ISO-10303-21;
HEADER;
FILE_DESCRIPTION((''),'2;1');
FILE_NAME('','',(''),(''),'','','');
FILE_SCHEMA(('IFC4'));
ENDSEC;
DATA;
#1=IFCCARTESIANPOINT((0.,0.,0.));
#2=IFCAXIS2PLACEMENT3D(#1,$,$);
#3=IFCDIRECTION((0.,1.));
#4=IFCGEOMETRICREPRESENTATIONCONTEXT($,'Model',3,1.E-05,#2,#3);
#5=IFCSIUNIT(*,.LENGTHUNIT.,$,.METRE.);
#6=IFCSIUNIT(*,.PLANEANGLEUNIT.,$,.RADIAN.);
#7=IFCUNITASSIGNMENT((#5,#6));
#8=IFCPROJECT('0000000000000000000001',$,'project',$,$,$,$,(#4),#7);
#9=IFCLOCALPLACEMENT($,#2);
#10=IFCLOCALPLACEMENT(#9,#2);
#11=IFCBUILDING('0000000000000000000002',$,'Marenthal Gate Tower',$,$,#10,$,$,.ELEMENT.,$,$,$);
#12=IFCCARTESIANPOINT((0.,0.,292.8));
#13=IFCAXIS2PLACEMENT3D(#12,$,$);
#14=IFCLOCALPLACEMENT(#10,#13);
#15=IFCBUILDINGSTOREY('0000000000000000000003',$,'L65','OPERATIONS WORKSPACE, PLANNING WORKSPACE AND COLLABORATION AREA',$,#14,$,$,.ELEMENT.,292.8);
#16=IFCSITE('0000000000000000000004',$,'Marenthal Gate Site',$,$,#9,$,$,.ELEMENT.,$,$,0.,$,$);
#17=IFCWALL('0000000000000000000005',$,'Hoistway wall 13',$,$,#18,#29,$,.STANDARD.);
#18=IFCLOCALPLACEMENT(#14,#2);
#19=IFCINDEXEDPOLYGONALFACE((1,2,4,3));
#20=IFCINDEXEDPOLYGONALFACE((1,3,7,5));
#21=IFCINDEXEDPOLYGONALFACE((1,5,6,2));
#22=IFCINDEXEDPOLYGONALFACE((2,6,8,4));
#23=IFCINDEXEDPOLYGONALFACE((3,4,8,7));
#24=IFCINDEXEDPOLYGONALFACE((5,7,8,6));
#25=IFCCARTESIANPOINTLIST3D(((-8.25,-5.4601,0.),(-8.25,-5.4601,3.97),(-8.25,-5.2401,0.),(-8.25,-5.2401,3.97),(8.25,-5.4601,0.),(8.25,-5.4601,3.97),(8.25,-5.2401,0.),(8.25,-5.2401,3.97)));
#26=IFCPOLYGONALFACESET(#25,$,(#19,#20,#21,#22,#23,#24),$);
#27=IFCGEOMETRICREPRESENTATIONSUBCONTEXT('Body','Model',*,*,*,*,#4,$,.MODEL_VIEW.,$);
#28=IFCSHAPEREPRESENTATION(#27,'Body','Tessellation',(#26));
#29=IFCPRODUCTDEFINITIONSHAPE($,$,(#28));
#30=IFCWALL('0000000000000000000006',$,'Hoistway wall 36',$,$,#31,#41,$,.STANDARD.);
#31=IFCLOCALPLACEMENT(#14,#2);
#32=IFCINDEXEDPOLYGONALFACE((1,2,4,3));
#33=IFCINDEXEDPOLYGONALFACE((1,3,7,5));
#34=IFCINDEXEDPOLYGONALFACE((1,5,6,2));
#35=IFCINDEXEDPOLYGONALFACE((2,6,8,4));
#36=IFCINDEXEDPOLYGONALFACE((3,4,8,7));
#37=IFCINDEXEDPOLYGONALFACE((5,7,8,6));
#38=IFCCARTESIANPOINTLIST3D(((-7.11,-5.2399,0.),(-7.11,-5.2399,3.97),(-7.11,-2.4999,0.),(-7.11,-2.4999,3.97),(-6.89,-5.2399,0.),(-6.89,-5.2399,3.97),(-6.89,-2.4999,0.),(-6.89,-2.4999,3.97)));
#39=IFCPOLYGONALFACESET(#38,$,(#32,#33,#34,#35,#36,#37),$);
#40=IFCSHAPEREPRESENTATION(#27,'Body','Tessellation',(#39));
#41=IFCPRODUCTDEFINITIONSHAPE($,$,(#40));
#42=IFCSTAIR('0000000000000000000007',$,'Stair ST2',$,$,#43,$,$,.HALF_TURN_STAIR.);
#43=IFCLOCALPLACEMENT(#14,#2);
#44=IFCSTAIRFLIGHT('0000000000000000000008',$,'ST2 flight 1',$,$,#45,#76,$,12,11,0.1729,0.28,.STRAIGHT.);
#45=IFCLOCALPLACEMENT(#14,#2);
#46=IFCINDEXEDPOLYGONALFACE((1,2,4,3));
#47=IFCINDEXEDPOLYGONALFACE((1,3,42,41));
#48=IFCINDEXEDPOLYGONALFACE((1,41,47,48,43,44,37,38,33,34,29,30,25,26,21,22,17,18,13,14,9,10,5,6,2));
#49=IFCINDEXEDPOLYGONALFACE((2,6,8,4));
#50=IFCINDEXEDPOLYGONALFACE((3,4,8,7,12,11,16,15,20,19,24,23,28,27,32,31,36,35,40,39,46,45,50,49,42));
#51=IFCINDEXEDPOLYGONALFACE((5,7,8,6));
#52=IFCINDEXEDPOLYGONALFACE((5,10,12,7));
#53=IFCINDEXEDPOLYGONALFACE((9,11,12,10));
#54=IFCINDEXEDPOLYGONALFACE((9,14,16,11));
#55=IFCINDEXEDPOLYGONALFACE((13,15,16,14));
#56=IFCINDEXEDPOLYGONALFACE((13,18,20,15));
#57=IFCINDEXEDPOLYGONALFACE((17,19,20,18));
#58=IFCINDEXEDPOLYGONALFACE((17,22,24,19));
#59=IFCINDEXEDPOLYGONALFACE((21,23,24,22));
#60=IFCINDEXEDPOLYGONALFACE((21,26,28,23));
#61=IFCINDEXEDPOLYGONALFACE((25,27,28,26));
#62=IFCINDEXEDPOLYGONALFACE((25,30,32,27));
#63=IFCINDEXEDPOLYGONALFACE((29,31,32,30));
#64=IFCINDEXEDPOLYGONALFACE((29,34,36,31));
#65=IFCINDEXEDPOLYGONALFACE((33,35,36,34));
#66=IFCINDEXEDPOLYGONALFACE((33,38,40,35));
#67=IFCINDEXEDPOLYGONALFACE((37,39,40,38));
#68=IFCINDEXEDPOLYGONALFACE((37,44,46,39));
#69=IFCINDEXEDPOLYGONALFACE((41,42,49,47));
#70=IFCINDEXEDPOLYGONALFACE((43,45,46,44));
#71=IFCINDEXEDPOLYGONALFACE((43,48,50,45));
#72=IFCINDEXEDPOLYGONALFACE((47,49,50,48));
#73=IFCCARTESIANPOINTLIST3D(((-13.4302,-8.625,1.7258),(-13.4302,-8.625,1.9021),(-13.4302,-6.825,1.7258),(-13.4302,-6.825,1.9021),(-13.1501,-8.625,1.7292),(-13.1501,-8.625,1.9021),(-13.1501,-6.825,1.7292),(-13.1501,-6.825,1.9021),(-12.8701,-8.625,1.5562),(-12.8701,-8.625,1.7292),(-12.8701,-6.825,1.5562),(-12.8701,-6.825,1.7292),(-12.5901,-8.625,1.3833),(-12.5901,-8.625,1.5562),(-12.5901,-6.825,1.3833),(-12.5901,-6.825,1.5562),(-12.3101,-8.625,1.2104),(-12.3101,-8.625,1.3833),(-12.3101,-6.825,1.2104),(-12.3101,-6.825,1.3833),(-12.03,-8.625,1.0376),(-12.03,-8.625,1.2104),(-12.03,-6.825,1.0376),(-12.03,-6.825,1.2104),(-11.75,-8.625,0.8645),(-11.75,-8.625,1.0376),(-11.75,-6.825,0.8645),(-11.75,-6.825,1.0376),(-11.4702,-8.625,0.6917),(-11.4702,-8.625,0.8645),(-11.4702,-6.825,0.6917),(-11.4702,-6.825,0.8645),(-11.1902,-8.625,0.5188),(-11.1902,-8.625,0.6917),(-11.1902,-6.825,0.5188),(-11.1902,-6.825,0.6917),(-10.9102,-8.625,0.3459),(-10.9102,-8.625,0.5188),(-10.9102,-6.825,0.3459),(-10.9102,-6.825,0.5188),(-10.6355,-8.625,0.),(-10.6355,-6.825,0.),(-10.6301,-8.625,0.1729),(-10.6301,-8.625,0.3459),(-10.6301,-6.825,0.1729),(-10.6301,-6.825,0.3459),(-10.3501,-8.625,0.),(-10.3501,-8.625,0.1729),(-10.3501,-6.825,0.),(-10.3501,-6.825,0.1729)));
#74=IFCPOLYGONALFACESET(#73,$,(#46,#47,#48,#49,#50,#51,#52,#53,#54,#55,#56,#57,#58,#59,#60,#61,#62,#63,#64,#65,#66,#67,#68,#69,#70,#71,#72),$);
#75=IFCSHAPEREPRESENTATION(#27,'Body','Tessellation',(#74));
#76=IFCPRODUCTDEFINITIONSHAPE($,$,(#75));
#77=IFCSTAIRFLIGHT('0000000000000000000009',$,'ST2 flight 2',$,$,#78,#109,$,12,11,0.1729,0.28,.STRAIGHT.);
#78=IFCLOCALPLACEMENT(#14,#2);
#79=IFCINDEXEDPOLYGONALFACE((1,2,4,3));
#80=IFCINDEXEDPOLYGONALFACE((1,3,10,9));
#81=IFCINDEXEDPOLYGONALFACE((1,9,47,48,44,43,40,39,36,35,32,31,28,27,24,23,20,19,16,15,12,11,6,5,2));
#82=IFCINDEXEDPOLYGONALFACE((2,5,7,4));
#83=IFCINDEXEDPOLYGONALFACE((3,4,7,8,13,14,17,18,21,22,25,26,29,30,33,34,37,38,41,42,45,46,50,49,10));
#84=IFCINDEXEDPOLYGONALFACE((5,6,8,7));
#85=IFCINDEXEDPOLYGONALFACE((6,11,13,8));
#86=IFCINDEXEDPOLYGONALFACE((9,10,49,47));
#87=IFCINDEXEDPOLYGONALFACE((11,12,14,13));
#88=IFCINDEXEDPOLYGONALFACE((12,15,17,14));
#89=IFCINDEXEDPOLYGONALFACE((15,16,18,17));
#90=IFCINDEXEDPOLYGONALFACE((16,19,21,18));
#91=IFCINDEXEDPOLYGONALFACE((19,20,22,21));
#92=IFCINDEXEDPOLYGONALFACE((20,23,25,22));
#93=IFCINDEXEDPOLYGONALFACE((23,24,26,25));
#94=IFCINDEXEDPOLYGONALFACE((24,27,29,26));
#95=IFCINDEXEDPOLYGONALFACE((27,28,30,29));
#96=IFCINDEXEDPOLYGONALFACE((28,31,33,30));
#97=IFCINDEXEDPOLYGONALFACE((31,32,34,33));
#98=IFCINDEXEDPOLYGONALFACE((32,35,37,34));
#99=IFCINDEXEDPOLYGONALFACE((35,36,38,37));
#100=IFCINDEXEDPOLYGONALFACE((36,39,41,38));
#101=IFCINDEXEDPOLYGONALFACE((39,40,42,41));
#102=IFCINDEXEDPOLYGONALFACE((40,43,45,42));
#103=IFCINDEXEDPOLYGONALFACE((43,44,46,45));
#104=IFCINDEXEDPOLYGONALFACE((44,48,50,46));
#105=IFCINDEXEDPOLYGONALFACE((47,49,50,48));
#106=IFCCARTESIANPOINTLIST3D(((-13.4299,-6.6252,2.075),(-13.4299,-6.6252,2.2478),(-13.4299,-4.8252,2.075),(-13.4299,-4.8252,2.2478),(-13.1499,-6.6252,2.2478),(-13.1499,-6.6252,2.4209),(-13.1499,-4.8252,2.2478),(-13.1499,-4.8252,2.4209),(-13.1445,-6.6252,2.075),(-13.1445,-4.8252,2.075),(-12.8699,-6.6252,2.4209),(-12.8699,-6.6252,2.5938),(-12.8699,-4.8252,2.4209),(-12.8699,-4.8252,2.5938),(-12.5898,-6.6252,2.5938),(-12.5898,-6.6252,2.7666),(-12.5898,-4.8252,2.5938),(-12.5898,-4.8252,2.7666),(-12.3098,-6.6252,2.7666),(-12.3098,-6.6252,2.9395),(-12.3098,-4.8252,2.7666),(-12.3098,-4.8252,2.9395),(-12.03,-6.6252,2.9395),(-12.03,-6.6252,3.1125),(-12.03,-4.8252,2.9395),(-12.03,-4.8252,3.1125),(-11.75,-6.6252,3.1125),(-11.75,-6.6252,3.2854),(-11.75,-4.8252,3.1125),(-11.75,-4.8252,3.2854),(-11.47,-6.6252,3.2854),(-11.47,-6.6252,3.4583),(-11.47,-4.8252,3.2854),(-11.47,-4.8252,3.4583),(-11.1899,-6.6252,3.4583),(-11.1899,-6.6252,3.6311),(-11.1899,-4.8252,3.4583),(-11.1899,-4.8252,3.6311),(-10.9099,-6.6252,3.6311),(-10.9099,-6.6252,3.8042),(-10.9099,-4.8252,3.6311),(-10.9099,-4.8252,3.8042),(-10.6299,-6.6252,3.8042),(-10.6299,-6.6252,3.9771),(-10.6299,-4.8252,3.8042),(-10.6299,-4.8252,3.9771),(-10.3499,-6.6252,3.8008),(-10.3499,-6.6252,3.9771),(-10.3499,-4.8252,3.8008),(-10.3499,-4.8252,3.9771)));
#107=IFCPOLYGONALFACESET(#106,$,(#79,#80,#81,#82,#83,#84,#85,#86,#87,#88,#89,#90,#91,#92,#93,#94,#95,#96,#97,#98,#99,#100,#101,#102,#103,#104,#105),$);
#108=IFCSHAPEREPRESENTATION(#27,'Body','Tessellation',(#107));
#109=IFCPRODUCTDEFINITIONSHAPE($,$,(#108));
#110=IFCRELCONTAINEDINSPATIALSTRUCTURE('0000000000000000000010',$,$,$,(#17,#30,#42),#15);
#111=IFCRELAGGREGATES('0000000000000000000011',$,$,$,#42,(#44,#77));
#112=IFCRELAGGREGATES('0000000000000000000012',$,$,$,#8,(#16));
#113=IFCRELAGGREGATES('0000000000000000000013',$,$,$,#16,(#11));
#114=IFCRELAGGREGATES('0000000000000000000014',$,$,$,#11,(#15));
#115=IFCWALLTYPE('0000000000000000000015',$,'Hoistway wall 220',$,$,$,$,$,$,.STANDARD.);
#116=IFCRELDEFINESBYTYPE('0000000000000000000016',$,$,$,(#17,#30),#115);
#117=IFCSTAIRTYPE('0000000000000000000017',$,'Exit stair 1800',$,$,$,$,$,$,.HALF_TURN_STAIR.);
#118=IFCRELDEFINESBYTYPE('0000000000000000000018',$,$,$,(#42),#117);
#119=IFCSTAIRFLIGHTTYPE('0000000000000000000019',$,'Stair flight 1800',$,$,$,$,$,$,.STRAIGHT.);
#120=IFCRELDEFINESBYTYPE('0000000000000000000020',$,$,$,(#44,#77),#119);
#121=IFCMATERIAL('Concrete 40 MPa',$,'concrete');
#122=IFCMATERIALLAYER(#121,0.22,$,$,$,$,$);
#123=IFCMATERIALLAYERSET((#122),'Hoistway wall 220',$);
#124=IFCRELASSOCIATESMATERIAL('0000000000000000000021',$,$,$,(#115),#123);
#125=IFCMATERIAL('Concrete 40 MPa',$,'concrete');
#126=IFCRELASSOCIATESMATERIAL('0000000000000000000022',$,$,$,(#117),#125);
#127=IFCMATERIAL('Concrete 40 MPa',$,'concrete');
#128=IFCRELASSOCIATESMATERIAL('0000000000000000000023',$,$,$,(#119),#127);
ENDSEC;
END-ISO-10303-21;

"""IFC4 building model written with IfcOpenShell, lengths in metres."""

from ifc_helpers import new_model, si_unit, direction, frame, frame_2d, origin, place, context, subcontext, project, spatial, polyline, rectangle, outline, extrude, material, layer, layer_set, type_object, element, aggregate, save


model = new_model("IFC4")

# Units and contexts
model_context = context("Model", 3, precision=1e-05, world=origin(), true_north=direction((0.0, 1.0)))
body_context = subcontext(model_context, "Body", "Model", "MODEL_VIEW")
ifc_project = project(units=[si_unit("LENGTHUNIT", "METRE"), si_unit("PLANEANGLEUNIT", "RADIAN")], contexts=[model_context])

# Site, building, storey
site_placement = place(None, origin())
site = spatial("IfcSite", under=ifc_project, at=site_placement, Name="Marenthal Gate Site", CompositionType="ELEMENT", RefElevation=0.0)
building_placement = place(site_placement, origin())
building = spatial("IfcBuilding", under=site, at=building_placement, Name="Marenthal Gate Tower", CompositionType="ELEMENT")
storey_placement = place(building_placement, frame((0.0, 0.0, 292.8)))
storey = spatial("IfcBuildingStorey", under=building, at=storey_placement, Name="L65", Description="OPERATIONS WORKSPACE, PLANNING WORKSPACE AND COLLABORATION AREA", CompositionType="ELEMENT", Elevation=292.8)

# Shared definitions
ifc_material_1 = material(Name="Concrete 40 MPa", Category="concrete")
ifc_layer_1 = layer(ifc_material_1, 0.22)
ifc_layer_set_1 = layer_set([ifc_layer_1], Name="Hoistway wall 220")
wall_type_1 = type_object("IfcWallType", Name="Hoistway wall 220", PredefinedType="STANDARD", material=ifc_layer_set_1)

# Walls
wall_1_placement = place(storey_placement, frame((-8.25, -5.3501, 0.0), z_axis=(0.0, 0.0, 1.0), x_axis=(1.0, 0.0, 0.0)))
element("IfcWall", 1, at=wall_1_placement, inside=storey, type_object=wall_type_1, Name="Hoistway wall 13", PredefinedType="STANDARD", context=body_context, shape_type="SweptSolid", body=[
    extrude(rectangle(XDim=16.5, YDim=0.22, at=frame_2d((8.25, 0.0))), origin(), (0.0, 0.0, 1.0), 3.97),
])
wall_2_placement = place(storey_placement, frame((-7.0, -5.24, 0.0), z_axis=(0.0, 0.0, 1.0), x_axis=(0.0, 1.0, 0.0)))
element("IfcWall", 2, at=wall_2_placement, inside=storey, type_object=wall_type_1, Name="Hoistway wall 36", PredefinedType="STANDARD", context=body_context, shape_type="SweptSolid", body=[
    extrude(rectangle(XDim=2.74, YDim=0.22, at=frame_2d((1.3701, 0.0))), origin(), (0.0, 0.0, 1.0), 3.97),
])

# Stair, stair flights
ifc_material_2 = material(Name="Concrete 40 MPa", Category="concrete")
stair_type = type_object("IfcStairType", Name="Exit stair 1800", PredefinedType="HALF_TURN_STAIR", material=ifc_material_2)
stair_placement = place(storey_placement, origin())
stair = element("IfcStair", 3, at=stair_placement, inside=storey, type_object=stair_type, Name="Stair ST2", PredefinedType="HALF_TURN_STAIR")
ifc_material_3 = material(Name="Concrete 40 MPa", Category="concrete")
stair_flight_type = type_object("IfcStairFlightType", Name="Stair flight 1800", PredefinedType="STRAIGHT", material=ifc_material_3)
stair_flight_1_placement = place(storey_placement, frame((-10.3501, -7.7251, 0.0), z_axis=(0.0, 0.0, 1.0), x_axis=(-1.0, 0.0, 0.0)))
stair_flight_1 = element("IfcStairFlight", 4, at=stair_flight_1_placement, type_object=stair_flight_type, Name="ST2 flight 1", NumberOfRisers=12, NumberOfTreads=11, PredefinedType="STRAIGHT", RiserHeight=0.1729, TreadLength=0.28, context=body_context, shape_type="SweptSolid", body=[
    extrude(outline(polyline([(0.0, 0.0), (0.0, 0.1729), (0.28, 0.1729), (0.28, 0.3459), (0.5601, 0.3459), (0.5601, 0.5188), (0.8401, 0.5188), (0.8401, 0.6917), (1.1201, 0.6917), (1.1201, 0.8645), (1.3999, 0.8645), (1.3999, 1.0376), (1.6799, 1.0376), (1.6799, 1.2104), (1.96, 1.2104), (1.96, 1.3833), (2.24, 1.3833), (2.24, 1.5562), (2.52, 1.5562), (2.52, 1.7292), (2.8, 1.7292), (2.8, 1.9021), (3.0801, 1.9021), (3.0801, 2.075), (3.0801, 1.7258), (0.2854, 0.0), (0.0, 0.0)])), frame((0.0, 0.8999, 0.0), z_axis=(0.0, -1.0, 0.0), x_axis=(1.0, 0.0, 0.0)), (0.0, 0.0, 1.0), 1.8),
])
stair_flight_2_placement = place(storey_placement, frame((-13.4299, -5.7251, 2.075), z_axis=(0.0, 0.0, 1.0), x_axis=(1.0, 0.0, 0.0)))
stair_flight_2 = element("IfcStairFlight", 5, at=stair_flight_2_placement, type_object=stair_flight_type, Name="ST2 flight 2", NumberOfRisers=12, NumberOfTreads=11, PredefinedType="STRAIGHT", RiserHeight=0.1729, TreadLength=0.28, context=body_context, shape_type="SweptSolid", body=[
    extrude(outline(polyline([(0.0, 0.0), (0.0, 0.1729), (0.28, 0.1729), (0.28, 0.3459), (0.5601, 0.3459), (0.5601, 0.5188), (0.8401, 0.5188), (0.8401, 0.6917), (1.1201, 0.6917), (1.1201, 0.8645), (1.3999, 0.8645), (1.3999, 1.0376), (1.6799, 1.0376), (1.6799, 1.2104), (1.96, 1.2104), (1.96, 1.3833), (2.24, 1.3833), (2.24, 1.5562), (2.52, 1.5562), (2.52, 1.7292), (2.8, 1.7292), (2.8, 1.9021), (3.0801, 1.9021), (3.0801, 2.075), (3.0801, 1.7258), (0.2854, 0.0), (0.0, 0.0)])), frame((0.0, 0.8999, 0.0), z_axis=(0.0, -1.0, 0.0), x_axis=(1.0, 0.0, 0.0)), (0.0, 0.0, 1.0), 1.8),
])
aggregate(stair, [stair_flight_1, stair_flight_2])

save(model, "model.ifc")
